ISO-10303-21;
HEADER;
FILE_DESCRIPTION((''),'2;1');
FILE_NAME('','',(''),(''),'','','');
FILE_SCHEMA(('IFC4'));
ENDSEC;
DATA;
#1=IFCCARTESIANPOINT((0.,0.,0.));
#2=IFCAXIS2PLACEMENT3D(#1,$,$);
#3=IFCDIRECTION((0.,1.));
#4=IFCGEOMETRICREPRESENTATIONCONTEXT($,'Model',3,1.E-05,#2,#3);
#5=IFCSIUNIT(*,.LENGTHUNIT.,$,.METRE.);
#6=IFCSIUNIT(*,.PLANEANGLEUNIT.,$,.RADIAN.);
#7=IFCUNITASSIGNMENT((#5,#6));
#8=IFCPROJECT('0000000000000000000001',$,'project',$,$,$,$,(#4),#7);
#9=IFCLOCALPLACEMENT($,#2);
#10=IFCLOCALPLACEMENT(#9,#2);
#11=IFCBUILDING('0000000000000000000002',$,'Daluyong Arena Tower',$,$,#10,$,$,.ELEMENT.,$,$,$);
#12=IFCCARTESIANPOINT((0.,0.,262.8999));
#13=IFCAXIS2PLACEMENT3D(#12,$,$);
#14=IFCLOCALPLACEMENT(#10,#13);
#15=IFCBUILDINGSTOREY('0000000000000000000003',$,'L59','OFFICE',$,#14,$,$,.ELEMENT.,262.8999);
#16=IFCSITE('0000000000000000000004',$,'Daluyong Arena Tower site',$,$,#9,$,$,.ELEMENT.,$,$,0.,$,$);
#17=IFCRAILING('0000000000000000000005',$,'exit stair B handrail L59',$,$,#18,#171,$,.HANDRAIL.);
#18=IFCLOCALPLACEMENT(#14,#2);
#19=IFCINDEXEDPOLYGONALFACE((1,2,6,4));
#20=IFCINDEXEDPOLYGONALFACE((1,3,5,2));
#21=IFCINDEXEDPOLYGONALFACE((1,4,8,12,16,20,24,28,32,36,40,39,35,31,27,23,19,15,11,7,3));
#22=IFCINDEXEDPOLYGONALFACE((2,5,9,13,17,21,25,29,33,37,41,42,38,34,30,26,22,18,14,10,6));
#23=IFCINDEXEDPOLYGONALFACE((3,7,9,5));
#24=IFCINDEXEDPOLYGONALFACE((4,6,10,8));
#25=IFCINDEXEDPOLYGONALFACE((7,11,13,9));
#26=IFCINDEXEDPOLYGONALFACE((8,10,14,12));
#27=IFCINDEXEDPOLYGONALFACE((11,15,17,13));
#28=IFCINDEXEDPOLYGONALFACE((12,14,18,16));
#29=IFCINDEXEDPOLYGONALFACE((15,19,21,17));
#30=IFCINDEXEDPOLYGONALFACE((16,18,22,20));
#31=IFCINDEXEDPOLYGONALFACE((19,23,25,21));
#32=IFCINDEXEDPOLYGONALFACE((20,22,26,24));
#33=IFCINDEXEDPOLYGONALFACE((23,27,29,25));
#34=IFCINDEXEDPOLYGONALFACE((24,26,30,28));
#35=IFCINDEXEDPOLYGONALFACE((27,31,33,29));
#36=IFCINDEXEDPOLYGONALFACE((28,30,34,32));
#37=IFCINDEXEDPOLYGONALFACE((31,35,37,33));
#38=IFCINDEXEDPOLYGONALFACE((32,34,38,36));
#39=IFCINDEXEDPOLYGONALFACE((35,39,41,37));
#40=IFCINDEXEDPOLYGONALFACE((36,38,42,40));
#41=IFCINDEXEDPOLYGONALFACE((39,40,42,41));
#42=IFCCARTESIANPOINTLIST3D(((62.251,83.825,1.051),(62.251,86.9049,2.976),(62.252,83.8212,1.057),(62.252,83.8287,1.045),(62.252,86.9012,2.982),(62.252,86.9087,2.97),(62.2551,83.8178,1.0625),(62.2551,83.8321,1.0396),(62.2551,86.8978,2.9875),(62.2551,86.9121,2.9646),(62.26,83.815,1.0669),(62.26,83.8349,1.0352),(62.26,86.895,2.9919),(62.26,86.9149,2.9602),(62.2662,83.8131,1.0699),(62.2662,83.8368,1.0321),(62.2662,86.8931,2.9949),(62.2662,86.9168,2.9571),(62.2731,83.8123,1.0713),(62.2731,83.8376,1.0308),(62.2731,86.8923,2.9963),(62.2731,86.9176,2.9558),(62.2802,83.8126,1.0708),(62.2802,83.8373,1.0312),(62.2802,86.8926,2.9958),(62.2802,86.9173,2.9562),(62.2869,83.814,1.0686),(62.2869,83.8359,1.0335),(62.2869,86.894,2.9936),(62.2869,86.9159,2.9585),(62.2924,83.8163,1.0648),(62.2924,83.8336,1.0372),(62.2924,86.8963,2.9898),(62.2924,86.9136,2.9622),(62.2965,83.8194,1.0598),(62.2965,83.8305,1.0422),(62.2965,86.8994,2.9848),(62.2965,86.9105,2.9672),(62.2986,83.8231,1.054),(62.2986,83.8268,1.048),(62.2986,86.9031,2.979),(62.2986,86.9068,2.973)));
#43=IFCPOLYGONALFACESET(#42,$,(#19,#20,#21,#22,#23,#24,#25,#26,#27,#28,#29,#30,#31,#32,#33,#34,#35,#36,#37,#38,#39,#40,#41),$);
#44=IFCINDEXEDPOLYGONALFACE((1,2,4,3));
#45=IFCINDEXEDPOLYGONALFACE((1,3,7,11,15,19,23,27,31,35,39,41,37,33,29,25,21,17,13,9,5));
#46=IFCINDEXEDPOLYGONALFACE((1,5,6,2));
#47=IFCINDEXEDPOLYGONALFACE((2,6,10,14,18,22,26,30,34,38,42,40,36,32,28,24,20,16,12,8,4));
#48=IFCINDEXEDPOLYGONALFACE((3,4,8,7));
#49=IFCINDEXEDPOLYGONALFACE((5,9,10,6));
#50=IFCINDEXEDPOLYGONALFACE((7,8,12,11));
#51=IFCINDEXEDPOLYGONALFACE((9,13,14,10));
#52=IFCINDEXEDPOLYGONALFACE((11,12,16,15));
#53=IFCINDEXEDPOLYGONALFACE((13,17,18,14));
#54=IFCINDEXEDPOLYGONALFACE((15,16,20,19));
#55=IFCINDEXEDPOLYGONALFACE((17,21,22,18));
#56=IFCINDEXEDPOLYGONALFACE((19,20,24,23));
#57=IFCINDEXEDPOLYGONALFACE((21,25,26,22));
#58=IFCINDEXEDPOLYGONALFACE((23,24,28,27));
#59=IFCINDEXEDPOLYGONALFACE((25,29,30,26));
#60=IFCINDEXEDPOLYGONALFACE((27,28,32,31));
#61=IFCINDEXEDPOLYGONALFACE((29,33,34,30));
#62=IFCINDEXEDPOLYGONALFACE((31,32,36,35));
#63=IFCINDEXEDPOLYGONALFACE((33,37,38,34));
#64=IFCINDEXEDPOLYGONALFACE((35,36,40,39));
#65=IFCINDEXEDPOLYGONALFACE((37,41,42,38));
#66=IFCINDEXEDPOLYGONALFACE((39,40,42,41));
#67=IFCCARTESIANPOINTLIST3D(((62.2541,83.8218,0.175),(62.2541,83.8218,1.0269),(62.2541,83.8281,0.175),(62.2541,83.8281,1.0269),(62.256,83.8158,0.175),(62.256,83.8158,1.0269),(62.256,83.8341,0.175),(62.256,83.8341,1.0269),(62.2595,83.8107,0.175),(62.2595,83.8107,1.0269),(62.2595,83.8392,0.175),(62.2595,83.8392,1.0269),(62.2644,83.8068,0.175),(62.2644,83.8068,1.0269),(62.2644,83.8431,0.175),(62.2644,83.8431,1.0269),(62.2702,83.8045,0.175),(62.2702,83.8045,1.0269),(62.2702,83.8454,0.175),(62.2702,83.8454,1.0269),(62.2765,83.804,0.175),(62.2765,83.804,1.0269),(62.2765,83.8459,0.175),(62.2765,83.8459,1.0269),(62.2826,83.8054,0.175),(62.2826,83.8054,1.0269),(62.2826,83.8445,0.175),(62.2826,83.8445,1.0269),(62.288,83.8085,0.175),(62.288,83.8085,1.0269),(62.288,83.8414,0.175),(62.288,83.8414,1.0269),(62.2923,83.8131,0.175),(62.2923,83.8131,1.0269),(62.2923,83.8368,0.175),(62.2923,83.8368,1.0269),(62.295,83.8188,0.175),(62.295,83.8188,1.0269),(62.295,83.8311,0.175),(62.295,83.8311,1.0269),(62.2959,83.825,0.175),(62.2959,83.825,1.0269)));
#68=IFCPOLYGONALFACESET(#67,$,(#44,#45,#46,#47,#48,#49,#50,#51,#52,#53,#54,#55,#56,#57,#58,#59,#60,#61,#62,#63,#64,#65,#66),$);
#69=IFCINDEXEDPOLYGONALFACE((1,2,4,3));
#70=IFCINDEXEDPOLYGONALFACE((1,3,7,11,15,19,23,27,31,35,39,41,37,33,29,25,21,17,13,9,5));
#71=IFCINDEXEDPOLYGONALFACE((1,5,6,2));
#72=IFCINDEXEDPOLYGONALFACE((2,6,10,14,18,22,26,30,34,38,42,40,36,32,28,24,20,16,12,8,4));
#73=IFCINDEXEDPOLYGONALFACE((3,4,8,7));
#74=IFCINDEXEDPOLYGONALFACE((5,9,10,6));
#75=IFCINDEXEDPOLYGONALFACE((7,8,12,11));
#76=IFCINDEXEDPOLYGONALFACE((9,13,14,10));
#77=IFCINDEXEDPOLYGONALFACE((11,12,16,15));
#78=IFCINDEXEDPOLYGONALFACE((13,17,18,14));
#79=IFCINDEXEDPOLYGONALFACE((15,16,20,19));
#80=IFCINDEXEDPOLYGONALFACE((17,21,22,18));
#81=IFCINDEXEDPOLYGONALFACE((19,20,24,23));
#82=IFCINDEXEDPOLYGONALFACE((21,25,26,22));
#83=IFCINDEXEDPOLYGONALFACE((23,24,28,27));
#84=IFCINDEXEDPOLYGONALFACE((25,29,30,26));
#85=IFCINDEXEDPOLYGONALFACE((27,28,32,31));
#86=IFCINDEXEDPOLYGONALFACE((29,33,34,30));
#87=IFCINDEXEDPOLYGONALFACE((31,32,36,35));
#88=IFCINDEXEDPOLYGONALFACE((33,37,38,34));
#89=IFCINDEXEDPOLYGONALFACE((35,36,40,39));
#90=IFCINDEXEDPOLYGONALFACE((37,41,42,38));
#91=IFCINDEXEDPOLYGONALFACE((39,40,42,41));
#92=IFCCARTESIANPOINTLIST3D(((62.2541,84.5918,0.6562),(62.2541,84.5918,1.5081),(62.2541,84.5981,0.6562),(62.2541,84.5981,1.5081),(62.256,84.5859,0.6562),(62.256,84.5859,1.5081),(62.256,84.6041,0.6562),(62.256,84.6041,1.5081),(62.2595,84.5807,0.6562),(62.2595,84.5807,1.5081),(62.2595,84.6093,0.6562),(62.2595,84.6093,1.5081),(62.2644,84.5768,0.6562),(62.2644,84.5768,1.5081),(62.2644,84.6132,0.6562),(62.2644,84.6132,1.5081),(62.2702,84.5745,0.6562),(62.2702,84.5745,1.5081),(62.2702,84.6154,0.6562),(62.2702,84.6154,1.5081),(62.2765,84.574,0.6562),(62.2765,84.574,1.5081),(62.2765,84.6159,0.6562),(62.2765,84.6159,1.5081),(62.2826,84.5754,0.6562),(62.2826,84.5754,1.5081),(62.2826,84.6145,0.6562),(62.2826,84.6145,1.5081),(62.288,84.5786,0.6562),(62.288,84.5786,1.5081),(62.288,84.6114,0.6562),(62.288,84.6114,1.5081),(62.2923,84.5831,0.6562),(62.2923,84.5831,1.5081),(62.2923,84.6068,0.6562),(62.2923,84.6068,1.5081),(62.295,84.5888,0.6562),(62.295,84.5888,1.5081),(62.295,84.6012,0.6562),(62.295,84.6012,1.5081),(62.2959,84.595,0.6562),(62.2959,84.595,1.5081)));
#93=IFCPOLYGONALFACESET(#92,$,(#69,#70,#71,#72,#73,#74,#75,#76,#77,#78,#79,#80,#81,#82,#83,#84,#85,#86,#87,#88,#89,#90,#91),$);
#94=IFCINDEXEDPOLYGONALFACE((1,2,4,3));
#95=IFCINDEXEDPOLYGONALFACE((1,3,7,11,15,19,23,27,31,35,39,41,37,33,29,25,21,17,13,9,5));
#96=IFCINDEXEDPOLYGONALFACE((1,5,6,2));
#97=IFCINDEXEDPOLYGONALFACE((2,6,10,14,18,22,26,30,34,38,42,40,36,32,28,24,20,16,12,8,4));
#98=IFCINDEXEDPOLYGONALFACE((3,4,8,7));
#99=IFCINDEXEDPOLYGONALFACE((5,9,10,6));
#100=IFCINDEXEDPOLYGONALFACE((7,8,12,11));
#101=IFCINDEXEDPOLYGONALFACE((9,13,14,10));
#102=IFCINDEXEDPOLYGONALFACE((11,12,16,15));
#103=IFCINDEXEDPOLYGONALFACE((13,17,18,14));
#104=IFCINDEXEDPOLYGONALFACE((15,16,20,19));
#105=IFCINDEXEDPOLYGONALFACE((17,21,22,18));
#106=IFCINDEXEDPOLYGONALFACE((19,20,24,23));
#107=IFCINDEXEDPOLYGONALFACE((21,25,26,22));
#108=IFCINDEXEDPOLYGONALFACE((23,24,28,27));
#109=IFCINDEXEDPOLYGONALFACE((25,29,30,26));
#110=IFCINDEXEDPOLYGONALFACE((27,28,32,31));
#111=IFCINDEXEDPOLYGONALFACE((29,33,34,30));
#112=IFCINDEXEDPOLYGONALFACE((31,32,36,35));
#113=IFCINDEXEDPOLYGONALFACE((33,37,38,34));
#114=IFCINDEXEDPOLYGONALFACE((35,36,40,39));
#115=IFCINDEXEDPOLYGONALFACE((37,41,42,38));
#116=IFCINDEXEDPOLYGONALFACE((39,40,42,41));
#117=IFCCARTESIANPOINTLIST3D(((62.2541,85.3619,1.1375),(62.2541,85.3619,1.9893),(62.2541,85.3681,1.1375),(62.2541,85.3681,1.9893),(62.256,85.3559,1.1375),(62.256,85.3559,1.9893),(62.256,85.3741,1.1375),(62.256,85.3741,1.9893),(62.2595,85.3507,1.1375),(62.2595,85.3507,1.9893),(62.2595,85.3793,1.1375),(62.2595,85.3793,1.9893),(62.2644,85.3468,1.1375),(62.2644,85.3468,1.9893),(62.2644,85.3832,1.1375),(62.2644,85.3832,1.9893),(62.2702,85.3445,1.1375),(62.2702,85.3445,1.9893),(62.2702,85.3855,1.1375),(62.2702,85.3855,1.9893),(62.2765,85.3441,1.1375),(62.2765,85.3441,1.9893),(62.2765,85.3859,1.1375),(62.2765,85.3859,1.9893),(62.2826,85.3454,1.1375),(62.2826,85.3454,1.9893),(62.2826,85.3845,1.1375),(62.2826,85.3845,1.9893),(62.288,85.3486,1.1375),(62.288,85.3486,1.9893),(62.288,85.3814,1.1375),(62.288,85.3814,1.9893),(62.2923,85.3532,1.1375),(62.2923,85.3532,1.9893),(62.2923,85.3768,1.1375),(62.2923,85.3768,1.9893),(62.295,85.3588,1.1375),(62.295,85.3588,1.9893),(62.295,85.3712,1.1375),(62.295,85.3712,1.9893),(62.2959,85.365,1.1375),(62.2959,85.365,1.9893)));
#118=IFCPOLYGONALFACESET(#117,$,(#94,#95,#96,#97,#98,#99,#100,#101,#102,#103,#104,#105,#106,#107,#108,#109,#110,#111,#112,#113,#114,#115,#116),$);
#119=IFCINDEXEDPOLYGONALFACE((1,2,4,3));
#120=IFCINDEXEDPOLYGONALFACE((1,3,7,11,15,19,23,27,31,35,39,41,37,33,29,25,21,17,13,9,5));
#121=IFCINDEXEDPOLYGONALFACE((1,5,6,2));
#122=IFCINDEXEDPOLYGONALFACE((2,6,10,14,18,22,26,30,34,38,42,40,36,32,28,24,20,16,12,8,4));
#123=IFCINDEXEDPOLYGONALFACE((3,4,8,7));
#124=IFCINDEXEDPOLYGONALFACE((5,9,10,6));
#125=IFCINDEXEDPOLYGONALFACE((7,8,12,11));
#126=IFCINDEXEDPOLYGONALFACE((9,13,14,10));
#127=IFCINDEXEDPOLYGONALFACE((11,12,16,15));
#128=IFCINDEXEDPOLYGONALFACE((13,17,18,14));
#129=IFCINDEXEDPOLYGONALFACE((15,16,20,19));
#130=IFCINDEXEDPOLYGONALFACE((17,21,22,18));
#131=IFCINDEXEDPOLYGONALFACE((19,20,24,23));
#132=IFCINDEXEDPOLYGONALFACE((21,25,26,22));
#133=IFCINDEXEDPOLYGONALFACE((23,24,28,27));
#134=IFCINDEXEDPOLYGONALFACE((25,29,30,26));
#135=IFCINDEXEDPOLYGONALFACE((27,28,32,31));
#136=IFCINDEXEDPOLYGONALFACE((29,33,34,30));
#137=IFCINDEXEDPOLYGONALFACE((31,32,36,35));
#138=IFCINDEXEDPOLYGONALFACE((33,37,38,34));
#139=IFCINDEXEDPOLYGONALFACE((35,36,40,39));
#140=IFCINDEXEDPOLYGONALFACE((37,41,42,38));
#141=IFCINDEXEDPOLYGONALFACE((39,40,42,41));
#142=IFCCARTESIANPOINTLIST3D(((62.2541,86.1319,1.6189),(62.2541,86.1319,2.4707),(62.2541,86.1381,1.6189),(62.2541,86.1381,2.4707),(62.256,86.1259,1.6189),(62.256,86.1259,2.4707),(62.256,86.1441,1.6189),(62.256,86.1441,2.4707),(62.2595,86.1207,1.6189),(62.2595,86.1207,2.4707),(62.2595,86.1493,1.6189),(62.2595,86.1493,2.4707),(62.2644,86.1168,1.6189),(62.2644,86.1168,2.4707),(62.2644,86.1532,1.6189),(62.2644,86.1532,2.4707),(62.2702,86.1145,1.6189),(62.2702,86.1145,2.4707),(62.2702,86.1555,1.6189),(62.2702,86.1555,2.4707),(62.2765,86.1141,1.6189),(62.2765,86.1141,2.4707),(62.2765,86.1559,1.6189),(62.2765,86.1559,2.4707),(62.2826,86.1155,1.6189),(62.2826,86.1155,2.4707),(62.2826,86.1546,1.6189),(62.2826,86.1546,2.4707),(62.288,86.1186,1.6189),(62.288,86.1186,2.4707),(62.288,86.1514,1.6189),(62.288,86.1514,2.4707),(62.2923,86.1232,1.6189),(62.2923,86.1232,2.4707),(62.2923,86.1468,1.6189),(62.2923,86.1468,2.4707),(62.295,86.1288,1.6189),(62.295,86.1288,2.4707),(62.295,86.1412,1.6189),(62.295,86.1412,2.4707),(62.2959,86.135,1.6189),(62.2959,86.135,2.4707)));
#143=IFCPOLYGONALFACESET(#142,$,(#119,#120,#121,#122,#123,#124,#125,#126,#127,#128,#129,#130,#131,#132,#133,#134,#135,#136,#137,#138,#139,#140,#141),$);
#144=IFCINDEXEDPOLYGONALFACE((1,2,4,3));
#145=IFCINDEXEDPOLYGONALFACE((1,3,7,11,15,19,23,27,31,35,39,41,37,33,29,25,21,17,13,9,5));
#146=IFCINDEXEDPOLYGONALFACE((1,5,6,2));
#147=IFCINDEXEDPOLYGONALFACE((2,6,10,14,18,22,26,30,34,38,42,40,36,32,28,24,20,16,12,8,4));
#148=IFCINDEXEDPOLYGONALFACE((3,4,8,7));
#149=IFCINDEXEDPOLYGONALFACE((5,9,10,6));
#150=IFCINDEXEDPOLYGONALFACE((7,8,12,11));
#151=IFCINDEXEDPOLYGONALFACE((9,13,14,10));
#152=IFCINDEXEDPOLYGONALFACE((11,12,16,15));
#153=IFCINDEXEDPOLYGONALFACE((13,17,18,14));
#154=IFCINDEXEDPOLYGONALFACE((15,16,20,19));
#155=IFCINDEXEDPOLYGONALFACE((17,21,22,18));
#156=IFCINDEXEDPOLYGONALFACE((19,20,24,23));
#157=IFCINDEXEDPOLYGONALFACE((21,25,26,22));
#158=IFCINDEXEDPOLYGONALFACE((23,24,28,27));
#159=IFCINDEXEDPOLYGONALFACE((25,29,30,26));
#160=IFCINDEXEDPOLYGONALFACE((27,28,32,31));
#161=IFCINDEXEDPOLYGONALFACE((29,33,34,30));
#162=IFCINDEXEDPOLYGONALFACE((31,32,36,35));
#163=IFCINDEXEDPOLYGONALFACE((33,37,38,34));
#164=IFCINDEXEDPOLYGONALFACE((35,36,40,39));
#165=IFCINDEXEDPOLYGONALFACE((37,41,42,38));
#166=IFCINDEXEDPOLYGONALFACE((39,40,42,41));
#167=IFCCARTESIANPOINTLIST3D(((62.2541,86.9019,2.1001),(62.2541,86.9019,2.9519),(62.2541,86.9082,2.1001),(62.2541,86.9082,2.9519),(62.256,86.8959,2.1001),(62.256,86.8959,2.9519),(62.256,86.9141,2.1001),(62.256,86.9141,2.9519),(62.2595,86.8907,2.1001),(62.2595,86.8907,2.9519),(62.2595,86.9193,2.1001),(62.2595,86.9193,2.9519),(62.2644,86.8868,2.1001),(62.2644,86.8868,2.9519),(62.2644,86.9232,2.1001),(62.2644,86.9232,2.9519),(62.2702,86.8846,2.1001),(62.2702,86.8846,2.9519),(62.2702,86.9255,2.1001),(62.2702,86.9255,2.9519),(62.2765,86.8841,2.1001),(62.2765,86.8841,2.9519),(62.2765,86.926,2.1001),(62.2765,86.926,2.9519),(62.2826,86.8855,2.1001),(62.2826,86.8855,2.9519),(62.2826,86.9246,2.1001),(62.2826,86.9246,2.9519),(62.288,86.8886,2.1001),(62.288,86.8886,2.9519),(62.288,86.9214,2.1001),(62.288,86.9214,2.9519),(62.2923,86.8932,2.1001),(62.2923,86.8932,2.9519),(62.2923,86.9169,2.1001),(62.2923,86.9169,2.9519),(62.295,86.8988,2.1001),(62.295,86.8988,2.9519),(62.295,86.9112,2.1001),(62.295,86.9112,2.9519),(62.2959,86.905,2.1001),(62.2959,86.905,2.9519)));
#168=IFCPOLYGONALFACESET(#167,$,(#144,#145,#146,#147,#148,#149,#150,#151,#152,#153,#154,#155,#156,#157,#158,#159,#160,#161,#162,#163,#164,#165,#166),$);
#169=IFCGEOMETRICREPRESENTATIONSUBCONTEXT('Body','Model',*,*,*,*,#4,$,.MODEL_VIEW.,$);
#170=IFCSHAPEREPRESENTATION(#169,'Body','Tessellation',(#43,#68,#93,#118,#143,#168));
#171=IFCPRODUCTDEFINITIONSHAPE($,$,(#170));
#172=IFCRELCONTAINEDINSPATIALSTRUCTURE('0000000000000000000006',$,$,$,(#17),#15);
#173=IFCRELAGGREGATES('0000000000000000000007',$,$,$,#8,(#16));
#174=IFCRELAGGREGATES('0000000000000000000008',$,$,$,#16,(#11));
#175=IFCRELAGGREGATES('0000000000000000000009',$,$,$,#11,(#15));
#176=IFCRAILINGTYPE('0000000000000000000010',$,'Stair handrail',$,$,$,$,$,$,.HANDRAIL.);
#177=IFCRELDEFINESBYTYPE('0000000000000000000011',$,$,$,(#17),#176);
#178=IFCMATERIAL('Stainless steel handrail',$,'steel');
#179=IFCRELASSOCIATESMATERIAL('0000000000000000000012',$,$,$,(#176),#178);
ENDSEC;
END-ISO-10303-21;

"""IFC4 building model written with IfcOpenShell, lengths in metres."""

from ifc_helpers import new_model, si_unit, direction, frame, origin, origin_2d, place, context, subcontext, project, spatial, circle, extrude, material, type_object, element, save


model = new_model("IFC4")

# Units and contexts
model_context = context("Model", 3, precision=1e-05, world=origin(), true_north=direction((0.0, 1.0)))
body_context = subcontext(model_context, "Body", "Model", "MODEL_VIEW")
ifc_project = project(units=[si_unit("LENGTHUNIT", "METRE"), si_unit("PLANEANGLEUNIT", "RADIAN")], contexts=[model_context])

# Site, building, storey
site_placement = place(None, origin())
site = spatial("IfcSite", under=ifc_project, at=site_placement, Name="Daluyong Arena Tower site", CompositionType="ELEMENT", RefElevation=0.0)
building_placement = place(site_placement, origin())
building = spatial("IfcBuilding", under=site, at=building_placement, Name="Daluyong Arena Tower", CompositionType="ELEMENT")
storey_placement = place(building_placement, frame((0.0, 0.0, 262.8999)))
storey = spatial("IfcBuildingStorey", under=building, at=storey_placement, Name="L59", Description="OFFICE", CompositionType="ELEMENT", Elevation=262.8999)

# Railing
ifc_material_1 = material(Name="Stainless steel handrail", Category="steel")
railing_type_1 = type_object("IfcRailingType", Name="Stair handrail", PredefinedType="HANDRAIL", material=ifc_material_1)
railing_1_placement = place(storey_placement, frame((62.2749, 83.825, 0.175)))
element("IfcRailing", 1, at=railing_1_placement, inside=storey, type_object=railing_type_1, Name="exit stair B handrail L59", PredefinedType="HANDRAIL", context=body_context, shape_type="SweptSolid", body=[
    extrude(circle(Radius=0.0239, at=origin_2d()), frame((0.0, 0.0, 0.876), z_axis=(0.0, 0.847998, 0.529999), x_axis=(-1.0, 0.0, 0.0)), (0.0, 0.0, 1.0), 3.6321),
    extrude(circle(Radius=0.021, at=origin_2d()), origin(), (0.0, 0.0, 1.0), 0.8518),
    extrude(circle(Radius=0.021, at=origin_2d()), frame((0.0, 0.77, 0.4812)), (0.0, 0.0, 1.0), 0.8518),
    extrude(circle(Radius=0.021, at=origin_2d()), frame((0.0, 1.54, 0.9624)), (0.0, 0.0, 1.0), 0.8518),
    extrude(circle(Radius=0.021, at=origin_2d()), frame((0.0, 2.3101, 1.4438)), (0.0, 0.0, 1.0), 0.8518),
    extrude(circle(Radius=0.021, at=origin_2d()), frame((0.0, 3.0801, 1.925)), (0.0, 0.0, 1.0), 0.8518),
])

save(model, "model.ifc")
